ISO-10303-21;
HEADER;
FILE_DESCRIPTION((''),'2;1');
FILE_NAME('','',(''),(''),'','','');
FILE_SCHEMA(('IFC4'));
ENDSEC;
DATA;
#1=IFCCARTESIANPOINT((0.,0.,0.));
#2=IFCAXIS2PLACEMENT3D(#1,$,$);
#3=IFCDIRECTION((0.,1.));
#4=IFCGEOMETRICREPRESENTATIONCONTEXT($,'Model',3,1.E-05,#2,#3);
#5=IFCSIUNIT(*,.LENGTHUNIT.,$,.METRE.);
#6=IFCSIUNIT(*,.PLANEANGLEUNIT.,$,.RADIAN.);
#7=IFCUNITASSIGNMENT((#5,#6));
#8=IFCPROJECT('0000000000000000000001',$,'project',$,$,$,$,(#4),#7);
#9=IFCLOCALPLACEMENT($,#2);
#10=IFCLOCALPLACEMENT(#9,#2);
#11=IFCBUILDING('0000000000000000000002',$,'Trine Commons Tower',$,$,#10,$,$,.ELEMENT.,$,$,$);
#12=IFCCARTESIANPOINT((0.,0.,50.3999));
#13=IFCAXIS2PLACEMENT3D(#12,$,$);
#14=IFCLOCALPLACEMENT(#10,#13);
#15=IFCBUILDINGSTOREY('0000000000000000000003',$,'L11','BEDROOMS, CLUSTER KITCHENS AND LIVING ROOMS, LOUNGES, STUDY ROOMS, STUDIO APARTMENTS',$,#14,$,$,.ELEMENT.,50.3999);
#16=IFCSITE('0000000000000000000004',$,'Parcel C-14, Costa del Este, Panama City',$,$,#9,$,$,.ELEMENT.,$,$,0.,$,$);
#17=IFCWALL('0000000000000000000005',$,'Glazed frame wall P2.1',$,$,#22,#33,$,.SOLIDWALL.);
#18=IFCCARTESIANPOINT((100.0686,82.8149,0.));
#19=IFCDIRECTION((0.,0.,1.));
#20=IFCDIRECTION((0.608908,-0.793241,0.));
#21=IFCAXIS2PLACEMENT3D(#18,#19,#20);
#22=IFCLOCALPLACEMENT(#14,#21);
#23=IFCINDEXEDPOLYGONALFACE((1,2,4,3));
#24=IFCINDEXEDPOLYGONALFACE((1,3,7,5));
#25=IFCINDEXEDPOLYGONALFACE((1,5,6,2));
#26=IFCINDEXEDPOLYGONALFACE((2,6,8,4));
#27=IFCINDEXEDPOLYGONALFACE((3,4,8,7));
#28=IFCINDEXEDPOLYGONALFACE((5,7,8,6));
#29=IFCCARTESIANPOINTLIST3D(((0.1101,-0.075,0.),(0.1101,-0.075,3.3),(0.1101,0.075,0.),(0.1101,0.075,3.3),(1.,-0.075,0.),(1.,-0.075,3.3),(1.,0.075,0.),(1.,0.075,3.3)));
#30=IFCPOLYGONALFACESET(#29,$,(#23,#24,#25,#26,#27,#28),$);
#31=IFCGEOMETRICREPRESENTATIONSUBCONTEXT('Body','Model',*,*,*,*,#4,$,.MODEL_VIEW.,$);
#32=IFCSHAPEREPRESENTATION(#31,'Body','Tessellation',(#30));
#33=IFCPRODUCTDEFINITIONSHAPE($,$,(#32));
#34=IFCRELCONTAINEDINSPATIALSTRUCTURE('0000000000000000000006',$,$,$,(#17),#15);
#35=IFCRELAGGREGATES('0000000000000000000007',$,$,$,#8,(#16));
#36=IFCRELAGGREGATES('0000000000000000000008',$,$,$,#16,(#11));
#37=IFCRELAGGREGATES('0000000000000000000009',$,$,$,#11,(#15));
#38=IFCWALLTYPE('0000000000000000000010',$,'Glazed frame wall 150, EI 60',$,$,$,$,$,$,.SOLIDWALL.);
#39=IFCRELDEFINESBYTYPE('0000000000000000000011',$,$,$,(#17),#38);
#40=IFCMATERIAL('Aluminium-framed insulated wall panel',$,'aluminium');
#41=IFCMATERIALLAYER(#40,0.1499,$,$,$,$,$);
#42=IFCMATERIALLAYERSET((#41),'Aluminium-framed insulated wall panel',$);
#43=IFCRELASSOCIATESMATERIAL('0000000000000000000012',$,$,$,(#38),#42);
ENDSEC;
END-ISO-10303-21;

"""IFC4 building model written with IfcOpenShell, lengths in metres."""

from ifc_helpers import new_model, si_unit, direction, frame, origin, place, context, subcontext, project, spatial, polyline, outline, extrude, material, layer, layer_set, type_object, element, save


model = new_model("IFC4")

# Units and contexts
model_context = context("Model", 3, precision=1e-05, world=origin(), true_north=direction((0.0, 1.0)))
body_context = subcontext(model_context, "Body", "Model", "MODEL_VIEW")
ifc_project = project(units=[si_unit("LENGTHUNIT", "METRE"), si_unit("PLANEANGLEUNIT", "RADIAN")], contexts=[model_context])

# Site, building, storey
site_placement = place(None, origin())
site = spatial("IfcSite", under=ifc_project, at=site_placement, Name="Parcel C-14, Costa del Este, Panama City", CompositionType="ELEMENT", RefElevation=0.0)
building_placement = place(site_placement, origin())
building = spatial("IfcBuilding", under=site, at=building_placement, Name="Trine Commons Tower", CompositionType="ELEMENT")
storey_placement = place(building_placement, frame((0.0, 0.0, 50.3999)))
storey = spatial("IfcBuildingStorey", under=building, at=storey_placement, Name="L11", Description="BEDROOMS, CLUSTER KITCHENS AND LIVING ROOMS, LOUNGES, STUDY ROOMS, STUDIO APARTMENTS", CompositionType="ELEMENT", Elevation=50.3999)

# Wall
ifc_material_1 = material(Name="Aluminium-framed insulated wall panel", Category="aluminium")
ifc_layer_1 = layer(ifc_material_1, 0.1499)
ifc_layer_set_1 = layer_set([ifc_layer_1], Name="Aluminium-framed insulated wall panel")
wall_type_1 = type_object("IfcWallType", Name="Glazed frame wall 150, EI 60", PredefinedType="SOLIDWALL", material=ifc_layer_set_1)
wall_1_placement = place(storey_placement, frame((100.0686, 82.8149, 0.0), z_axis=(0.0, 0.0, 1.0), x_axis=(0.608908, -0.793241, 0.0)))
element("IfcWall", 1, at=wall_1_placement, inside=storey, type_object=wall_type_1, Name="Glazed frame wall P2.1", PredefinedType="SOLIDWALL", context=body_context, shape_type="SweptSolid", body=[
    extrude(outline(polyline([(0.1101, -0.075), (1.0, -0.075), (1.0, 0.075), (0.1101, 0.075), (0.1101, -0.075)])), origin(), (0.0, 0.0, 1.0), 3.3),
])

save(model, "model.ifc")
